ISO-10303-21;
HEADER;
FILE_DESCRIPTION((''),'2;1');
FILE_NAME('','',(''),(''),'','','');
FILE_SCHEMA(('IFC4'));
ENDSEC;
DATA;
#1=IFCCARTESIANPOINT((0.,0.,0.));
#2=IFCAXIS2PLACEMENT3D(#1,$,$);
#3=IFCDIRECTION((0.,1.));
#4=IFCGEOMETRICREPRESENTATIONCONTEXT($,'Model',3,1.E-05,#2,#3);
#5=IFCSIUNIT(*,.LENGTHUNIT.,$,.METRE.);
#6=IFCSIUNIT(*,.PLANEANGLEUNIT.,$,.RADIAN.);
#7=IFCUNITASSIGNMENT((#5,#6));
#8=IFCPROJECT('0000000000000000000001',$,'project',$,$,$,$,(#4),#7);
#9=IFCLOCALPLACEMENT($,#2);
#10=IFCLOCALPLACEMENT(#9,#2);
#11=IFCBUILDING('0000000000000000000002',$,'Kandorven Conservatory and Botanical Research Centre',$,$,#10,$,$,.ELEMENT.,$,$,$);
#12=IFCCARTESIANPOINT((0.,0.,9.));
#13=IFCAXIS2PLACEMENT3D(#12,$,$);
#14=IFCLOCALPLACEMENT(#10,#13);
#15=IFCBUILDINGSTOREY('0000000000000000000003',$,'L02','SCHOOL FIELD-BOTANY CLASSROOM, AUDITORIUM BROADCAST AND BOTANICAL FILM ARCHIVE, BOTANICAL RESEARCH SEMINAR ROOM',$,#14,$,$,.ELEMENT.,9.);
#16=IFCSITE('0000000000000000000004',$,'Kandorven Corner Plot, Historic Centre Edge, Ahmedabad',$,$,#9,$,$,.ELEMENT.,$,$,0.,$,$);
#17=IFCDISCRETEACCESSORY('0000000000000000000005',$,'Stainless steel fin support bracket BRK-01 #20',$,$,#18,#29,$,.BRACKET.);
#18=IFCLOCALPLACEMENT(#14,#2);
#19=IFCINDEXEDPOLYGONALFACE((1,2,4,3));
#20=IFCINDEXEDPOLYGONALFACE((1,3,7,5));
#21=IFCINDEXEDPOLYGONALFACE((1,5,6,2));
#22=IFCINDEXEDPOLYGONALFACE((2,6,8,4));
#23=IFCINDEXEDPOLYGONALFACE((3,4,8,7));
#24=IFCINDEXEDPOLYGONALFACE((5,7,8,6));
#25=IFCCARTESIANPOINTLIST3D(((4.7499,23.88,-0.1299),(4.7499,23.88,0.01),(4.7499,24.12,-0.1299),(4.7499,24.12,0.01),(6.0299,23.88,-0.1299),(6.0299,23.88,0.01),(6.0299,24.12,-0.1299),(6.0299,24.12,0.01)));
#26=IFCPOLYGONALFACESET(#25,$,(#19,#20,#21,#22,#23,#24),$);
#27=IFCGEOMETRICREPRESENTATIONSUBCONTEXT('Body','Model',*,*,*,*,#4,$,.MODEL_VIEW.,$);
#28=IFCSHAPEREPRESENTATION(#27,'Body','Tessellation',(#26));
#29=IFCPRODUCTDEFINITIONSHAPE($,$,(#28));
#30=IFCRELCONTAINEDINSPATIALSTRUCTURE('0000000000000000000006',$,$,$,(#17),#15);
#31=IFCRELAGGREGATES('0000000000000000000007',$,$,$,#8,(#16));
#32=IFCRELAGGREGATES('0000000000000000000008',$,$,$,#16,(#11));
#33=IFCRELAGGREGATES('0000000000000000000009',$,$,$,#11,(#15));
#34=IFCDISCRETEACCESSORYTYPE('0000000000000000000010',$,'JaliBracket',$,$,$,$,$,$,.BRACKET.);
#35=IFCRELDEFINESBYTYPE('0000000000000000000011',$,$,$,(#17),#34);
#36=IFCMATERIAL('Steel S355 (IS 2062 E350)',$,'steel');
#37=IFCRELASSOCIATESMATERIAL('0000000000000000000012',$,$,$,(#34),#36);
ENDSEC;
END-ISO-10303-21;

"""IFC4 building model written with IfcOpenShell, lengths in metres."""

from ifc_helpers import new_model, si_unit, direction, frame, origin, origin_2d, place, context, subcontext, project, spatial, rectangle, extrude, material, type_object, element, save


model = new_model("IFC4")

# Units and contexts
model_context = context("Model", 3, precision=1e-05, world=origin(), true_north=direction((0.0, 1.0)))
body_context = subcontext(model_context, "Body", "Model", "MODEL_VIEW")
ifc_project = project(units=[si_unit("LENGTHUNIT", "METRE"), si_unit("PLANEANGLEUNIT", "RADIAN")], contexts=[model_context])

# Site, building, storey
site_placement = place(None, origin())
site = spatial("IfcSite", under=ifc_project, at=site_placement, Name="Kandorven Corner Plot, Historic Centre Edge, Ahmedabad", CompositionType="ELEMENT", RefElevation=0.0)
building_placement = place(site_placement, origin())
building = spatial("IfcBuilding", under=site, at=building_placement, Name="Kandorven Conservatory and Botanical Research Centre", CompositionType="ELEMENT")
storey_placement = place(building_placement, frame((0.0, 0.0, 9.0)))
storey = spatial("IfcBuildingStorey", under=building, at=storey_placement, Name="L02", Description="SCHOOL FIELD-BOTANY CLASSROOM, AUDITORIUM BROADCAST AND BOTANICAL FILM ARCHIVE, BOTANICAL RESEARCH SEMINAR ROOM", CompositionType="ELEMENT", Elevation=9.0)

# Discrete accessory
ifc_material_1 = material(Name="Steel S355 (IS 2062 E350)", Category="steel")
discrete_accessory_type = type_object("IfcDiscreteAccessoryType", Name="JaliBracket", PredefinedType="BRACKET", material=ifc_material_1)
discrete_accessory_placement = place(storey_placement, frame((5.3899, 24.0, -0.1299), z_axis=(0.0, 0.0, 1.0), x_axis=(1.0, 0.0, 0.0)))
element("IfcDiscreteAccessory", 1, at=discrete_accessory_placement, inside=storey, type_object=discrete_accessory_type, Name="Stainless steel fin support bracket BRK-01 #20", PredefinedType="BRACKET", context=body_context, shape_type="SweptSolid", body=[
    extrude(rectangle(XDim=1.28, YDim=0.24, at=origin_2d()), origin(), (0.0, 0.0, 1.0), 0.1399),
])

save(model, "model.ifc")
